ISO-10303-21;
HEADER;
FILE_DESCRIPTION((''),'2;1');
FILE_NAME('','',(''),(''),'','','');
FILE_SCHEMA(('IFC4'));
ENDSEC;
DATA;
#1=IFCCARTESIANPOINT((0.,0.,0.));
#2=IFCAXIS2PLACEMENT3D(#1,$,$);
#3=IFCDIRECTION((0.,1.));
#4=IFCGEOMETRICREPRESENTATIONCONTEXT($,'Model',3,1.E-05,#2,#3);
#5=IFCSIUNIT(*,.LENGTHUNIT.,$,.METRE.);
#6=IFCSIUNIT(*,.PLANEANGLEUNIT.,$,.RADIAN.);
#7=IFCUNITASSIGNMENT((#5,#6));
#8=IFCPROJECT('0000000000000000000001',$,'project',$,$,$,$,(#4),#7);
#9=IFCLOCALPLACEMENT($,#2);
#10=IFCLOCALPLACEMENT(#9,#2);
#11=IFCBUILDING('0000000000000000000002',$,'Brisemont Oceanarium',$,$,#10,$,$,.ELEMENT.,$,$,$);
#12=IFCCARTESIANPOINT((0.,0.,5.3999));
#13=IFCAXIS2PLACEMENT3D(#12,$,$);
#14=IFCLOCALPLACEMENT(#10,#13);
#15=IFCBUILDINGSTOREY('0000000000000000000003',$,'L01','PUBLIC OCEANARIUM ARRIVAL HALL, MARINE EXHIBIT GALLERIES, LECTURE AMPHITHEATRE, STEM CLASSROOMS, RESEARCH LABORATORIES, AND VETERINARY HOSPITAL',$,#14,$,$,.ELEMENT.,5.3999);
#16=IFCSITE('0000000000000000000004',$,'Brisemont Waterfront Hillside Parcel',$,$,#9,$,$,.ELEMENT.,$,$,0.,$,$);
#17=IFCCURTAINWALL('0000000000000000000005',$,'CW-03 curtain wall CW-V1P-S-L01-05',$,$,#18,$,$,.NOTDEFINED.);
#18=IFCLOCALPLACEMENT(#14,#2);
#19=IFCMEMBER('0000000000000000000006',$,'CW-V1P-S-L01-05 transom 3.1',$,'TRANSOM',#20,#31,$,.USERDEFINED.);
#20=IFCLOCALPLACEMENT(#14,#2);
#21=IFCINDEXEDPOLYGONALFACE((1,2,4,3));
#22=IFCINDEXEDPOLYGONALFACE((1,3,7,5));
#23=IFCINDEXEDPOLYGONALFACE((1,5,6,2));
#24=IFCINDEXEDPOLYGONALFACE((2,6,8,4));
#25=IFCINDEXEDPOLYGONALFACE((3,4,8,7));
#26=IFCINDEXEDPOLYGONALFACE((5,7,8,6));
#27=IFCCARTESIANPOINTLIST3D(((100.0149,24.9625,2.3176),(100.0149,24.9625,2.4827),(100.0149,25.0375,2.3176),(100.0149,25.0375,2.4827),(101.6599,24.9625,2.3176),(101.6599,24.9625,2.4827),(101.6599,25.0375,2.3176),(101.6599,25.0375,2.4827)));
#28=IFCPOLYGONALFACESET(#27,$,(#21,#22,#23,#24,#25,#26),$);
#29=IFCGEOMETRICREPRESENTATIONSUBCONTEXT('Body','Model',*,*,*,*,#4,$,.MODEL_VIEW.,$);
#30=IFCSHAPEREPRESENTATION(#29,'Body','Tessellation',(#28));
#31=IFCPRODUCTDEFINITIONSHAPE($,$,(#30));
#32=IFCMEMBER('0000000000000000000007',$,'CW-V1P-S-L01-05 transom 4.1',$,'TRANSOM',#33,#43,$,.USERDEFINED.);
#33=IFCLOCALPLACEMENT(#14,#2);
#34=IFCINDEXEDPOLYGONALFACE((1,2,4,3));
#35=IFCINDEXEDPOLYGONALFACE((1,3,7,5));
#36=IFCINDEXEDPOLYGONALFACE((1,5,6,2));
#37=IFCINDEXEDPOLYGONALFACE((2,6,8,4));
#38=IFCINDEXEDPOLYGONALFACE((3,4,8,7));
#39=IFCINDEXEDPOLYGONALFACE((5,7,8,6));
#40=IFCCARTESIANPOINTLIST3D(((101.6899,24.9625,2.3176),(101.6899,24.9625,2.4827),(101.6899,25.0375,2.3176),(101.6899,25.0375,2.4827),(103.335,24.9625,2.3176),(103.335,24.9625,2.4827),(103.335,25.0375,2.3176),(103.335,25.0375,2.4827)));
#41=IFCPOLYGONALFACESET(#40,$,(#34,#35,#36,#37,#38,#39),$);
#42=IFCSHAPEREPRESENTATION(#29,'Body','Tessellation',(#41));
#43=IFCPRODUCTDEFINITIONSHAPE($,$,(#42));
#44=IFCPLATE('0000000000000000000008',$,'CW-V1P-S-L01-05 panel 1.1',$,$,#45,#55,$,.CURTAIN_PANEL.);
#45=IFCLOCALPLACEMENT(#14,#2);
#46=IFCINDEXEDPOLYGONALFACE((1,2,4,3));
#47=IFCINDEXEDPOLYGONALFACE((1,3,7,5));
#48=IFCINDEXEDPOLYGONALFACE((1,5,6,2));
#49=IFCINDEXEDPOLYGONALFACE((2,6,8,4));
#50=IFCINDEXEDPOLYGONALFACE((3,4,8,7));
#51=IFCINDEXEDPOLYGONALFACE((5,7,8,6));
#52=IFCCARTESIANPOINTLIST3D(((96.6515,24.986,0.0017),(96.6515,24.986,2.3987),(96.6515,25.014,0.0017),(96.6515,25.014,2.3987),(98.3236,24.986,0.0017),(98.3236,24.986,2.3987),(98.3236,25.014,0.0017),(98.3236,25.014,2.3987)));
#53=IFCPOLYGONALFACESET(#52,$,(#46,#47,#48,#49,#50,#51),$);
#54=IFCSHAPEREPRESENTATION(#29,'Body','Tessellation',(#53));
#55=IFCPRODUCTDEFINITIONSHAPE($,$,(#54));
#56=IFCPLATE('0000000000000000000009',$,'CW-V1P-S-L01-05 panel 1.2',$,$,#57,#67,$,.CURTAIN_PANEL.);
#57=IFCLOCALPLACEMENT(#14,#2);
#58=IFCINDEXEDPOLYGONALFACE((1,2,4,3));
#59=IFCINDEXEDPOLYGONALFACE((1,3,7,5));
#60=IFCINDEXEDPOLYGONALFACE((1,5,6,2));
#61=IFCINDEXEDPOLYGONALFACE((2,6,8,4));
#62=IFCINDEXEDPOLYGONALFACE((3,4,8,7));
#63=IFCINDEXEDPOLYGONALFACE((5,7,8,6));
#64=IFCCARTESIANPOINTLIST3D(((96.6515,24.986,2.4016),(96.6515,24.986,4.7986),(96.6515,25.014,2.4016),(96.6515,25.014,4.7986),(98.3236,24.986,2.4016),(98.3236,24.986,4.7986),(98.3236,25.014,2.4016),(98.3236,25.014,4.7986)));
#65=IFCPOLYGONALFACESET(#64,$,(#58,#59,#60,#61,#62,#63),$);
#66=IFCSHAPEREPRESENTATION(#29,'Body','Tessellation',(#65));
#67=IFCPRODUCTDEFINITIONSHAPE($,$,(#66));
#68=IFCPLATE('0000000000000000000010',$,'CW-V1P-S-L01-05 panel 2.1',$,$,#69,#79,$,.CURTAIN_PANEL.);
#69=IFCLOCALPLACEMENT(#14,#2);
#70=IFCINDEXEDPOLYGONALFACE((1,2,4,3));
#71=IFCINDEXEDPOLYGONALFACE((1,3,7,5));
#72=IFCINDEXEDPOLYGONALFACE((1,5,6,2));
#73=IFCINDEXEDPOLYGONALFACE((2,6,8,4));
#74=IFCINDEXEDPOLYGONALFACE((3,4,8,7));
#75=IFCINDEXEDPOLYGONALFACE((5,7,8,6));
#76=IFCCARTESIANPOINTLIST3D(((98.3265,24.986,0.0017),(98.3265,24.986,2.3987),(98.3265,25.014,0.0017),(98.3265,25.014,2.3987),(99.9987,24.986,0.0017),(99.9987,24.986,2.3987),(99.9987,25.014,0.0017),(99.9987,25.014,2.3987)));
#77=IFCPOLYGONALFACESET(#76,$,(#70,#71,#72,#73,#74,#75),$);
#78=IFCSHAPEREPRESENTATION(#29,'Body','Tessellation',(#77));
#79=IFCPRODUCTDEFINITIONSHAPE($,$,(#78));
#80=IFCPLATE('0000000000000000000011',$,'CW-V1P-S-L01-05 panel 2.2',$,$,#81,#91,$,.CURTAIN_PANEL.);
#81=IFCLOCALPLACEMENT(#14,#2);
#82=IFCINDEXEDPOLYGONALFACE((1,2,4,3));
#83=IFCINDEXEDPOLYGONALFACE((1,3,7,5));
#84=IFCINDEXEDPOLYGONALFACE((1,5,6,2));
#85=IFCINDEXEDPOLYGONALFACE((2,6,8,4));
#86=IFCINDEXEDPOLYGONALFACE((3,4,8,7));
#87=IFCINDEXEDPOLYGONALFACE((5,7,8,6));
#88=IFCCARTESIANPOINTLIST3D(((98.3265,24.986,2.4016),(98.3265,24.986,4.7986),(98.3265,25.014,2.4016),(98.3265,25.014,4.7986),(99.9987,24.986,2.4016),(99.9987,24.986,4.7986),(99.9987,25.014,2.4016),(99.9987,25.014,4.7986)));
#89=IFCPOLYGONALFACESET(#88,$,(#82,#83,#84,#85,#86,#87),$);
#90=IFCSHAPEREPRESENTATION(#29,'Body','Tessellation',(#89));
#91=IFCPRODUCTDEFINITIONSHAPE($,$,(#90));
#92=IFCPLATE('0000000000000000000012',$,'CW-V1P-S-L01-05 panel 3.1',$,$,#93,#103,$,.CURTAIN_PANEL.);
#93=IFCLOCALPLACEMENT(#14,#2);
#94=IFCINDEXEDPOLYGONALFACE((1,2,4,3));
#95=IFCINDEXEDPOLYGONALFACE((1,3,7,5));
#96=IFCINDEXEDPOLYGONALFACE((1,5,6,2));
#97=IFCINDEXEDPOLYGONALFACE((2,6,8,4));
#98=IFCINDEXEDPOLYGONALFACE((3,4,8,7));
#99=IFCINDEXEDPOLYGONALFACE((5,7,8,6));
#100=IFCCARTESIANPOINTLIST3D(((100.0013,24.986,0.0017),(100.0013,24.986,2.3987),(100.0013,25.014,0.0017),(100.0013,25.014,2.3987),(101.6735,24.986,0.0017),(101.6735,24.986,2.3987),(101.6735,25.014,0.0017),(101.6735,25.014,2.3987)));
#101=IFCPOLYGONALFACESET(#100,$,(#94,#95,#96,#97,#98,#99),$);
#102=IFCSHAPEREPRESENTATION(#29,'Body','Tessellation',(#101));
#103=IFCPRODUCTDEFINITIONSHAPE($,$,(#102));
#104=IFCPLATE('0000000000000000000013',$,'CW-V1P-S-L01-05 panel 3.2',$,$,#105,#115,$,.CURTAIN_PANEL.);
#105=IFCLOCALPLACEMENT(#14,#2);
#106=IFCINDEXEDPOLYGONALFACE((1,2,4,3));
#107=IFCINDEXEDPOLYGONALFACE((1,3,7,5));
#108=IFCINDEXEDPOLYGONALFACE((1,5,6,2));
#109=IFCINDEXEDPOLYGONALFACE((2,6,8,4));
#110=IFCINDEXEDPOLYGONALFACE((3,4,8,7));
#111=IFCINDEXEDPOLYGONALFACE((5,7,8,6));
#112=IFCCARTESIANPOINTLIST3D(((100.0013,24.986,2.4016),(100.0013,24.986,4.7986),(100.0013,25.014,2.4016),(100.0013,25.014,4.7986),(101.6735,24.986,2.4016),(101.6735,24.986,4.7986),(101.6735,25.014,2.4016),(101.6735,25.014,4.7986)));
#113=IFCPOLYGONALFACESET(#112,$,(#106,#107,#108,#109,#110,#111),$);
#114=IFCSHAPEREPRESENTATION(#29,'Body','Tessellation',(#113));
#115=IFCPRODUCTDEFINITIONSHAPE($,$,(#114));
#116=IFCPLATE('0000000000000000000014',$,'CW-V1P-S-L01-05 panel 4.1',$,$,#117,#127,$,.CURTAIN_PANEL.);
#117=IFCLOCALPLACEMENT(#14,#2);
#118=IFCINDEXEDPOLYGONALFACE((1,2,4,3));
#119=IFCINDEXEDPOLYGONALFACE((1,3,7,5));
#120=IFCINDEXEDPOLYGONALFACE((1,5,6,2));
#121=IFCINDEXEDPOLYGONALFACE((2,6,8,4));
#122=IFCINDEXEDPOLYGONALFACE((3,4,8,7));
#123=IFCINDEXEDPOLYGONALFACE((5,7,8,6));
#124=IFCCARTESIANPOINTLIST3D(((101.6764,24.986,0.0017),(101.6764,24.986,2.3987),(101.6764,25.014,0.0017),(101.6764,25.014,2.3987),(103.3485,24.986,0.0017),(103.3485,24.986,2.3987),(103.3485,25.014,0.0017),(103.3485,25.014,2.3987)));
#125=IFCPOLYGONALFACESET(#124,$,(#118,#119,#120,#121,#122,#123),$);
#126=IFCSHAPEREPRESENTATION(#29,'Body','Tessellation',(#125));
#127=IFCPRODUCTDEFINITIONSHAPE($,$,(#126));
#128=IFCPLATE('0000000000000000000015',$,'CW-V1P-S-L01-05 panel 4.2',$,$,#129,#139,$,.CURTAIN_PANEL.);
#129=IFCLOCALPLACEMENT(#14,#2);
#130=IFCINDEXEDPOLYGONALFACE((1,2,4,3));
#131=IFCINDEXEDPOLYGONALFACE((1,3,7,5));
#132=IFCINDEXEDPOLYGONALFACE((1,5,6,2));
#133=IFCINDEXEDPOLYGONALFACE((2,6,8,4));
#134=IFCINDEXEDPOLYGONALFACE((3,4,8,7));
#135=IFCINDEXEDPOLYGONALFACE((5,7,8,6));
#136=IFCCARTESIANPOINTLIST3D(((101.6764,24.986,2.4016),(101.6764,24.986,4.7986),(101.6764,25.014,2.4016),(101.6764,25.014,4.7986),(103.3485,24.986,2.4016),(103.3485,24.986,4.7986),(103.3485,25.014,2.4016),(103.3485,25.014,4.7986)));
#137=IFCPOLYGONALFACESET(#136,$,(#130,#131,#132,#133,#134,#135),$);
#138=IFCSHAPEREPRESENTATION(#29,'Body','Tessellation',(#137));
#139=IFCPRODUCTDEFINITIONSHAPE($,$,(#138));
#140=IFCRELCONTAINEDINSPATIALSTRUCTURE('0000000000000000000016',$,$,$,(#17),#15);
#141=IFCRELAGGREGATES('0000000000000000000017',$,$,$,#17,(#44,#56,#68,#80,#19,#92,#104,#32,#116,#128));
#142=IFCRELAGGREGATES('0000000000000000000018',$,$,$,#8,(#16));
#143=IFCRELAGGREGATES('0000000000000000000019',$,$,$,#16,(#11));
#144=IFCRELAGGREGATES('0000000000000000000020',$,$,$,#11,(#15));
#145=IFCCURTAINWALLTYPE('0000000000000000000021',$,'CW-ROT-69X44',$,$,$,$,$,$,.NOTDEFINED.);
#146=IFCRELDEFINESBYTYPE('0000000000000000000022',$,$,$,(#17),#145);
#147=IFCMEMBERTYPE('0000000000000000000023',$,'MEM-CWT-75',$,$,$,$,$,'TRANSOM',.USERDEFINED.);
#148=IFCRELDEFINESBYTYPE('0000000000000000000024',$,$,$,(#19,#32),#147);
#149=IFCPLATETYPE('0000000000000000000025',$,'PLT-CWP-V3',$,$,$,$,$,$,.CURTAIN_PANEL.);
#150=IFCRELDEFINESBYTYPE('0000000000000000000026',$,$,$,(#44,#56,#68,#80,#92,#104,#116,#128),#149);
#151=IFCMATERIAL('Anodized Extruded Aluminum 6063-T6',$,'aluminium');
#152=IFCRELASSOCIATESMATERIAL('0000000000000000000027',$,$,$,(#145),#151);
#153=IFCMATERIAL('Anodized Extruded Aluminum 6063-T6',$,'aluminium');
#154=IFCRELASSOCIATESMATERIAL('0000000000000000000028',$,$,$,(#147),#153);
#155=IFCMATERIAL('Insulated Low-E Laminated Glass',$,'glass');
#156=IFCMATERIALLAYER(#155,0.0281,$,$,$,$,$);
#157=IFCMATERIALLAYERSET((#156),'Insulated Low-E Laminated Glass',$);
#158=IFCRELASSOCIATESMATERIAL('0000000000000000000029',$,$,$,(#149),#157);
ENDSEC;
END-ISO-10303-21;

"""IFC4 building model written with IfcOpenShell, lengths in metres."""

from ifc_helpers import new_model, si_unit, direction, frame, origin, origin_2d, place, context, subcontext, project, spatial, rectangle, extrude, material, layer, layer_set, material_profile, profile_set, type_object, element, aggregate, save


model = new_model("IFC4")

# Units and contexts
model_context = context("Model", 3, precision=1e-05, world=origin(), true_north=direction((0.0, 1.0)))
body_context = subcontext(model_context, "Body", "Model", "MODEL_VIEW")
ifc_project = project(units=[si_unit("LENGTHUNIT", "METRE"), si_unit("PLANEANGLEUNIT", "RADIAN")], contexts=[model_context])

# Site, building, storey
site_placement = place(None, origin())
site = spatial("IfcSite", under=ifc_project, at=site_placement, Name="Brisemont Waterfront Hillside Parcel", CompositionType="ELEMENT", RefElevation=0.0)
building_placement = place(site_placement, origin())
building = spatial("IfcBuilding", under=site, at=building_placement, Name="Brisemont Oceanarium", CompositionType="ELEMENT")
storey_placement = place(building_placement, frame((0.0, 0.0, 5.3999)))
storey = spatial("IfcBuildingStorey", under=building, at=storey_placement, Name="L01", Description="PUBLIC OCEANARIUM ARRIVAL HALL, MARINE EXHIBIT GALLERIES, LECTURE AMPHITHEATRE, STEM CLASSROOMS, RESEARCH LABORATORIES, AND VETERINARY HOSPITAL", CompositionType="ELEMENT", Elevation=5.3999)

# Curtain wall, members, plates
ifc_material_1 = material(Name="Anodized Extruded Aluminum 6063-T6", Category="aluminium")
curtain_wall_type = type_object("IfcCurtainWallType", Name="CW-ROT-69X44", PredefinedType="NOTDEFINED", material=ifc_material_1)
curtain_wall_placement = place(storey_placement, origin())
curtain_wall = element("IfcCurtainWall", 1, at=curtain_wall_placement, inside=storey, type_object=curtain_wall_type, Name="CW-03 curtain wall CW-V1P-S-L01-05", PredefinedType="NOTDEFINED")
ifc_material_2 = material(Name="Anodized Extruded Aluminum 6063-T6", Category="aluminium")
ifc_material_profile_1 = material_profile(ifc_material_2, rectangle(XDim=0.075, YDim=0.165, at=origin_2d()), Name="CWT-75X165")
ifc_profile_set_1 = profile_set([ifc_material_profile_1], Name="Anodized Extruded Aluminum 6063-T6")
member_type_1 = type_object("IfcMemberType", Name="MEM-CWT-75", ElementType="TRANSOM", PredefinedType="USERDEFINED", material=ifc_profile_set_1)
member_1_placement = place(storey_placement, frame((100.0149, 25.0, 2.4001), z_axis=(1.0, 0.0, 0.0), x_axis=(0.0, 1.0, 0.0)))
member_1 = element("IfcMember", 2, at=member_1_placement, type_object=member_type_1, Name="CW-V1P-S-L01-05 transom 3.1", ObjectType="TRANSOM", PredefinedType="USERDEFINED", context=body_context, shape_type="SweptSolid", body=[
    extrude(rectangle(XDim=0.075, YDim=0.165, at=origin_2d()), origin(), (0.0, 0.0, 1.0), 1.645),
])
member_2_placement = place(storey_placement, frame((101.6899, 25.0, 2.4001), z_axis=(1.0, 0.0, 0.0), x_axis=(0.0, 1.0, 0.0)))
member_2 = element("IfcMember", 3, at=member_2_placement, type_object=member_type_1, Name="CW-V1P-S-L01-05 transom 4.1", ObjectType="TRANSOM", PredefinedType="USERDEFINED", context=body_context, shape_type="SweptSolid", body=[
    extrude(rectangle(XDim=0.075, YDim=0.165, at=origin_2d()), origin(), (0.0, 0.0, 1.0), 1.645),
])
ifc_material_3 = material(Name="Insulated Low-E Laminated Glass", Category="glass")
ifc_layer = layer(ifc_material_3, 0.0281)
ifc_layer_set = layer_set([ifc_layer], Name="Insulated Low-E Laminated Glass")
plate_type = type_object("IfcPlateType", Name="PLT-CWP-V3", PredefinedType="CURTAIN_PANEL", material=ifc_layer_set)
plate_1_placement = place(storey_placement, frame((97.4875, 25.0, 0.0017), z_axis=(0.0, 0.0, 1.0), x_axis=(1.0, 0.0, 0.0)))
plate_1 = element("IfcPlate", 4, at=plate_1_placement, type_object=plate_type, Name="CW-V1P-S-L01-05 panel 1.1", PredefinedType="CURTAIN_PANEL", context=body_context, shape_type="SweptSolid", body=[
    extrude(rectangle(XDim=1.6721, YDim=0.0281, at=origin_2d()), origin(), (0.0, 0.0, 1.0), 2.397),
])
plate_2_placement = place(storey_placement, frame((97.4875, 25.0, 2.4016), z_axis=(0.0, 0.0, 1.0), x_axis=(1.0, 0.0, 0.0)))
plate_2 = element("IfcPlate", 5, at=plate_2_placement, type_object=plate_type, Name="CW-V1P-S-L01-05 panel 1.2", PredefinedType="CURTAIN_PANEL", context=body_context, shape_type="SweptSolid", body=[
    extrude(rectangle(XDim=1.6721, YDim=0.0281, at=origin_2d()), origin(), (0.0, 0.0, 1.0), 2.397),
])
plate_3_placement = place(storey_placement, frame((99.1626, 25.0, 0.0017), z_axis=(0.0, 0.0, 1.0), x_axis=(1.0, 0.0, 0.0)))
plate_3 = element("IfcPlate", 6, at=plate_3_placement, type_object=plate_type, Name="CW-V1P-S-L01-05 panel 2.1", PredefinedType="CURTAIN_PANEL", context=body_context, shape_type="SweptSolid", body=[
    extrude(rectangle(XDim=1.6721, YDim=0.0281, at=origin_2d()), origin(), (0.0, 0.0, 1.0), 2.397),
])
plate_4_placement = place(storey_placement, frame((99.1626, 25.0, 2.4016), z_axis=(0.0, 0.0, 1.0), x_axis=(1.0, 0.0, 0.0)))
plate_4 = element("IfcPlate", 7, at=plate_4_placement, type_object=plate_type, Name="CW-V1P-S-L01-05 panel 2.2", PredefinedType="CURTAIN_PANEL", context=body_context, shape_type="SweptSolid", body=[
    extrude(rectangle(XDim=1.6721, YDim=0.0281, at=origin_2d()), origin(), (0.0, 0.0, 1.0), 2.397),
])
plate_5_placement = place(storey_placement, frame((100.8374, 25.0, 0.0017), z_axis=(0.0, 0.0, 1.0), x_axis=(1.0, 0.0, 0.0)))
plate_5 = element("IfcPlate", 8, at=plate_5_placement, type_object=plate_type, Name="CW-V1P-S-L01-05 panel 3.1", PredefinedType="CURTAIN_PANEL", context=body_context, shape_type="SweptSolid", body=[
    extrude(rectangle(XDim=1.6721, YDim=0.0281, at=origin_2d()), origin(), (0.0, 0.0, 1.0), 2.397),
])
plate_6_placement = place(storey_placement, frame((100.8374, 25.0, 2.4016), z_axis=(0.0, 0.0, 1.0), x_axis=(1.0, 0.0, 0.0)))
plate_6 = element("IfcPlate", 9, at=plate_6_placement, type_object=plate_type, Name="CW-V1P-S-L01-05 panel 3.2", PredefinedType="CURTAIN_PANEL", context=body_context, shape_type="SweptSolid", body=[
    extrude(rectangle(XDim=1.6721, YDim=0.0281, at=origin_2d()), origin(), (0.0, 0.0, 1.0), 2.397),
])
plate_7_placement = place(storey_placement, frame((102.5125, 25.0, 0.0017), z_axis=(0.0, 0.0, 1.0), x_axis=(1.0, 0.0, 0.0)))
plate_7 = element("IfcPlate", 10, at=plate_7_placement, type_object=plate_type, Name="CW-V1P-S-L01-05 panel 4.1", PredefinedType="CURTAIN_PANEL", context=body_context, shape_type="SweptSolid", body=[
    extrude(rectangle(XDim=1.6721, YDim=0.0281, at=origin_2d()), origin(), (0.0, 0.0, 1.0), 2.397),
])
plate_8_placement = place(storey_placement, frame((102.5125, 25.0, 2.4016), z_axis=(0.0, 0.0, 1.0), x_axis=(1.0, 0.0, 0.0)))
plate_8 = element("IfcPlate", 11, at=plate_8_placement, type_object=plate_type, Name="CW-V1P-S-L01-05 panel 4.2", PredefinedType="CURTAIN_PANEL", context=body_context, shape_type="SweptSolid", body=[
    extrude(rectangle(XDim=1.6721, YDim=0.0281, at=origin_2d()), origin(), (0.0, 0.0, 1.0), 2.397),
])
aggregate(curtain_wall, [plate_1, plate_2, plate_3, plate_4, member_1, plate_5, plate_6, member_2, plate_7, plate_8])

save(model, "model.ifc")
